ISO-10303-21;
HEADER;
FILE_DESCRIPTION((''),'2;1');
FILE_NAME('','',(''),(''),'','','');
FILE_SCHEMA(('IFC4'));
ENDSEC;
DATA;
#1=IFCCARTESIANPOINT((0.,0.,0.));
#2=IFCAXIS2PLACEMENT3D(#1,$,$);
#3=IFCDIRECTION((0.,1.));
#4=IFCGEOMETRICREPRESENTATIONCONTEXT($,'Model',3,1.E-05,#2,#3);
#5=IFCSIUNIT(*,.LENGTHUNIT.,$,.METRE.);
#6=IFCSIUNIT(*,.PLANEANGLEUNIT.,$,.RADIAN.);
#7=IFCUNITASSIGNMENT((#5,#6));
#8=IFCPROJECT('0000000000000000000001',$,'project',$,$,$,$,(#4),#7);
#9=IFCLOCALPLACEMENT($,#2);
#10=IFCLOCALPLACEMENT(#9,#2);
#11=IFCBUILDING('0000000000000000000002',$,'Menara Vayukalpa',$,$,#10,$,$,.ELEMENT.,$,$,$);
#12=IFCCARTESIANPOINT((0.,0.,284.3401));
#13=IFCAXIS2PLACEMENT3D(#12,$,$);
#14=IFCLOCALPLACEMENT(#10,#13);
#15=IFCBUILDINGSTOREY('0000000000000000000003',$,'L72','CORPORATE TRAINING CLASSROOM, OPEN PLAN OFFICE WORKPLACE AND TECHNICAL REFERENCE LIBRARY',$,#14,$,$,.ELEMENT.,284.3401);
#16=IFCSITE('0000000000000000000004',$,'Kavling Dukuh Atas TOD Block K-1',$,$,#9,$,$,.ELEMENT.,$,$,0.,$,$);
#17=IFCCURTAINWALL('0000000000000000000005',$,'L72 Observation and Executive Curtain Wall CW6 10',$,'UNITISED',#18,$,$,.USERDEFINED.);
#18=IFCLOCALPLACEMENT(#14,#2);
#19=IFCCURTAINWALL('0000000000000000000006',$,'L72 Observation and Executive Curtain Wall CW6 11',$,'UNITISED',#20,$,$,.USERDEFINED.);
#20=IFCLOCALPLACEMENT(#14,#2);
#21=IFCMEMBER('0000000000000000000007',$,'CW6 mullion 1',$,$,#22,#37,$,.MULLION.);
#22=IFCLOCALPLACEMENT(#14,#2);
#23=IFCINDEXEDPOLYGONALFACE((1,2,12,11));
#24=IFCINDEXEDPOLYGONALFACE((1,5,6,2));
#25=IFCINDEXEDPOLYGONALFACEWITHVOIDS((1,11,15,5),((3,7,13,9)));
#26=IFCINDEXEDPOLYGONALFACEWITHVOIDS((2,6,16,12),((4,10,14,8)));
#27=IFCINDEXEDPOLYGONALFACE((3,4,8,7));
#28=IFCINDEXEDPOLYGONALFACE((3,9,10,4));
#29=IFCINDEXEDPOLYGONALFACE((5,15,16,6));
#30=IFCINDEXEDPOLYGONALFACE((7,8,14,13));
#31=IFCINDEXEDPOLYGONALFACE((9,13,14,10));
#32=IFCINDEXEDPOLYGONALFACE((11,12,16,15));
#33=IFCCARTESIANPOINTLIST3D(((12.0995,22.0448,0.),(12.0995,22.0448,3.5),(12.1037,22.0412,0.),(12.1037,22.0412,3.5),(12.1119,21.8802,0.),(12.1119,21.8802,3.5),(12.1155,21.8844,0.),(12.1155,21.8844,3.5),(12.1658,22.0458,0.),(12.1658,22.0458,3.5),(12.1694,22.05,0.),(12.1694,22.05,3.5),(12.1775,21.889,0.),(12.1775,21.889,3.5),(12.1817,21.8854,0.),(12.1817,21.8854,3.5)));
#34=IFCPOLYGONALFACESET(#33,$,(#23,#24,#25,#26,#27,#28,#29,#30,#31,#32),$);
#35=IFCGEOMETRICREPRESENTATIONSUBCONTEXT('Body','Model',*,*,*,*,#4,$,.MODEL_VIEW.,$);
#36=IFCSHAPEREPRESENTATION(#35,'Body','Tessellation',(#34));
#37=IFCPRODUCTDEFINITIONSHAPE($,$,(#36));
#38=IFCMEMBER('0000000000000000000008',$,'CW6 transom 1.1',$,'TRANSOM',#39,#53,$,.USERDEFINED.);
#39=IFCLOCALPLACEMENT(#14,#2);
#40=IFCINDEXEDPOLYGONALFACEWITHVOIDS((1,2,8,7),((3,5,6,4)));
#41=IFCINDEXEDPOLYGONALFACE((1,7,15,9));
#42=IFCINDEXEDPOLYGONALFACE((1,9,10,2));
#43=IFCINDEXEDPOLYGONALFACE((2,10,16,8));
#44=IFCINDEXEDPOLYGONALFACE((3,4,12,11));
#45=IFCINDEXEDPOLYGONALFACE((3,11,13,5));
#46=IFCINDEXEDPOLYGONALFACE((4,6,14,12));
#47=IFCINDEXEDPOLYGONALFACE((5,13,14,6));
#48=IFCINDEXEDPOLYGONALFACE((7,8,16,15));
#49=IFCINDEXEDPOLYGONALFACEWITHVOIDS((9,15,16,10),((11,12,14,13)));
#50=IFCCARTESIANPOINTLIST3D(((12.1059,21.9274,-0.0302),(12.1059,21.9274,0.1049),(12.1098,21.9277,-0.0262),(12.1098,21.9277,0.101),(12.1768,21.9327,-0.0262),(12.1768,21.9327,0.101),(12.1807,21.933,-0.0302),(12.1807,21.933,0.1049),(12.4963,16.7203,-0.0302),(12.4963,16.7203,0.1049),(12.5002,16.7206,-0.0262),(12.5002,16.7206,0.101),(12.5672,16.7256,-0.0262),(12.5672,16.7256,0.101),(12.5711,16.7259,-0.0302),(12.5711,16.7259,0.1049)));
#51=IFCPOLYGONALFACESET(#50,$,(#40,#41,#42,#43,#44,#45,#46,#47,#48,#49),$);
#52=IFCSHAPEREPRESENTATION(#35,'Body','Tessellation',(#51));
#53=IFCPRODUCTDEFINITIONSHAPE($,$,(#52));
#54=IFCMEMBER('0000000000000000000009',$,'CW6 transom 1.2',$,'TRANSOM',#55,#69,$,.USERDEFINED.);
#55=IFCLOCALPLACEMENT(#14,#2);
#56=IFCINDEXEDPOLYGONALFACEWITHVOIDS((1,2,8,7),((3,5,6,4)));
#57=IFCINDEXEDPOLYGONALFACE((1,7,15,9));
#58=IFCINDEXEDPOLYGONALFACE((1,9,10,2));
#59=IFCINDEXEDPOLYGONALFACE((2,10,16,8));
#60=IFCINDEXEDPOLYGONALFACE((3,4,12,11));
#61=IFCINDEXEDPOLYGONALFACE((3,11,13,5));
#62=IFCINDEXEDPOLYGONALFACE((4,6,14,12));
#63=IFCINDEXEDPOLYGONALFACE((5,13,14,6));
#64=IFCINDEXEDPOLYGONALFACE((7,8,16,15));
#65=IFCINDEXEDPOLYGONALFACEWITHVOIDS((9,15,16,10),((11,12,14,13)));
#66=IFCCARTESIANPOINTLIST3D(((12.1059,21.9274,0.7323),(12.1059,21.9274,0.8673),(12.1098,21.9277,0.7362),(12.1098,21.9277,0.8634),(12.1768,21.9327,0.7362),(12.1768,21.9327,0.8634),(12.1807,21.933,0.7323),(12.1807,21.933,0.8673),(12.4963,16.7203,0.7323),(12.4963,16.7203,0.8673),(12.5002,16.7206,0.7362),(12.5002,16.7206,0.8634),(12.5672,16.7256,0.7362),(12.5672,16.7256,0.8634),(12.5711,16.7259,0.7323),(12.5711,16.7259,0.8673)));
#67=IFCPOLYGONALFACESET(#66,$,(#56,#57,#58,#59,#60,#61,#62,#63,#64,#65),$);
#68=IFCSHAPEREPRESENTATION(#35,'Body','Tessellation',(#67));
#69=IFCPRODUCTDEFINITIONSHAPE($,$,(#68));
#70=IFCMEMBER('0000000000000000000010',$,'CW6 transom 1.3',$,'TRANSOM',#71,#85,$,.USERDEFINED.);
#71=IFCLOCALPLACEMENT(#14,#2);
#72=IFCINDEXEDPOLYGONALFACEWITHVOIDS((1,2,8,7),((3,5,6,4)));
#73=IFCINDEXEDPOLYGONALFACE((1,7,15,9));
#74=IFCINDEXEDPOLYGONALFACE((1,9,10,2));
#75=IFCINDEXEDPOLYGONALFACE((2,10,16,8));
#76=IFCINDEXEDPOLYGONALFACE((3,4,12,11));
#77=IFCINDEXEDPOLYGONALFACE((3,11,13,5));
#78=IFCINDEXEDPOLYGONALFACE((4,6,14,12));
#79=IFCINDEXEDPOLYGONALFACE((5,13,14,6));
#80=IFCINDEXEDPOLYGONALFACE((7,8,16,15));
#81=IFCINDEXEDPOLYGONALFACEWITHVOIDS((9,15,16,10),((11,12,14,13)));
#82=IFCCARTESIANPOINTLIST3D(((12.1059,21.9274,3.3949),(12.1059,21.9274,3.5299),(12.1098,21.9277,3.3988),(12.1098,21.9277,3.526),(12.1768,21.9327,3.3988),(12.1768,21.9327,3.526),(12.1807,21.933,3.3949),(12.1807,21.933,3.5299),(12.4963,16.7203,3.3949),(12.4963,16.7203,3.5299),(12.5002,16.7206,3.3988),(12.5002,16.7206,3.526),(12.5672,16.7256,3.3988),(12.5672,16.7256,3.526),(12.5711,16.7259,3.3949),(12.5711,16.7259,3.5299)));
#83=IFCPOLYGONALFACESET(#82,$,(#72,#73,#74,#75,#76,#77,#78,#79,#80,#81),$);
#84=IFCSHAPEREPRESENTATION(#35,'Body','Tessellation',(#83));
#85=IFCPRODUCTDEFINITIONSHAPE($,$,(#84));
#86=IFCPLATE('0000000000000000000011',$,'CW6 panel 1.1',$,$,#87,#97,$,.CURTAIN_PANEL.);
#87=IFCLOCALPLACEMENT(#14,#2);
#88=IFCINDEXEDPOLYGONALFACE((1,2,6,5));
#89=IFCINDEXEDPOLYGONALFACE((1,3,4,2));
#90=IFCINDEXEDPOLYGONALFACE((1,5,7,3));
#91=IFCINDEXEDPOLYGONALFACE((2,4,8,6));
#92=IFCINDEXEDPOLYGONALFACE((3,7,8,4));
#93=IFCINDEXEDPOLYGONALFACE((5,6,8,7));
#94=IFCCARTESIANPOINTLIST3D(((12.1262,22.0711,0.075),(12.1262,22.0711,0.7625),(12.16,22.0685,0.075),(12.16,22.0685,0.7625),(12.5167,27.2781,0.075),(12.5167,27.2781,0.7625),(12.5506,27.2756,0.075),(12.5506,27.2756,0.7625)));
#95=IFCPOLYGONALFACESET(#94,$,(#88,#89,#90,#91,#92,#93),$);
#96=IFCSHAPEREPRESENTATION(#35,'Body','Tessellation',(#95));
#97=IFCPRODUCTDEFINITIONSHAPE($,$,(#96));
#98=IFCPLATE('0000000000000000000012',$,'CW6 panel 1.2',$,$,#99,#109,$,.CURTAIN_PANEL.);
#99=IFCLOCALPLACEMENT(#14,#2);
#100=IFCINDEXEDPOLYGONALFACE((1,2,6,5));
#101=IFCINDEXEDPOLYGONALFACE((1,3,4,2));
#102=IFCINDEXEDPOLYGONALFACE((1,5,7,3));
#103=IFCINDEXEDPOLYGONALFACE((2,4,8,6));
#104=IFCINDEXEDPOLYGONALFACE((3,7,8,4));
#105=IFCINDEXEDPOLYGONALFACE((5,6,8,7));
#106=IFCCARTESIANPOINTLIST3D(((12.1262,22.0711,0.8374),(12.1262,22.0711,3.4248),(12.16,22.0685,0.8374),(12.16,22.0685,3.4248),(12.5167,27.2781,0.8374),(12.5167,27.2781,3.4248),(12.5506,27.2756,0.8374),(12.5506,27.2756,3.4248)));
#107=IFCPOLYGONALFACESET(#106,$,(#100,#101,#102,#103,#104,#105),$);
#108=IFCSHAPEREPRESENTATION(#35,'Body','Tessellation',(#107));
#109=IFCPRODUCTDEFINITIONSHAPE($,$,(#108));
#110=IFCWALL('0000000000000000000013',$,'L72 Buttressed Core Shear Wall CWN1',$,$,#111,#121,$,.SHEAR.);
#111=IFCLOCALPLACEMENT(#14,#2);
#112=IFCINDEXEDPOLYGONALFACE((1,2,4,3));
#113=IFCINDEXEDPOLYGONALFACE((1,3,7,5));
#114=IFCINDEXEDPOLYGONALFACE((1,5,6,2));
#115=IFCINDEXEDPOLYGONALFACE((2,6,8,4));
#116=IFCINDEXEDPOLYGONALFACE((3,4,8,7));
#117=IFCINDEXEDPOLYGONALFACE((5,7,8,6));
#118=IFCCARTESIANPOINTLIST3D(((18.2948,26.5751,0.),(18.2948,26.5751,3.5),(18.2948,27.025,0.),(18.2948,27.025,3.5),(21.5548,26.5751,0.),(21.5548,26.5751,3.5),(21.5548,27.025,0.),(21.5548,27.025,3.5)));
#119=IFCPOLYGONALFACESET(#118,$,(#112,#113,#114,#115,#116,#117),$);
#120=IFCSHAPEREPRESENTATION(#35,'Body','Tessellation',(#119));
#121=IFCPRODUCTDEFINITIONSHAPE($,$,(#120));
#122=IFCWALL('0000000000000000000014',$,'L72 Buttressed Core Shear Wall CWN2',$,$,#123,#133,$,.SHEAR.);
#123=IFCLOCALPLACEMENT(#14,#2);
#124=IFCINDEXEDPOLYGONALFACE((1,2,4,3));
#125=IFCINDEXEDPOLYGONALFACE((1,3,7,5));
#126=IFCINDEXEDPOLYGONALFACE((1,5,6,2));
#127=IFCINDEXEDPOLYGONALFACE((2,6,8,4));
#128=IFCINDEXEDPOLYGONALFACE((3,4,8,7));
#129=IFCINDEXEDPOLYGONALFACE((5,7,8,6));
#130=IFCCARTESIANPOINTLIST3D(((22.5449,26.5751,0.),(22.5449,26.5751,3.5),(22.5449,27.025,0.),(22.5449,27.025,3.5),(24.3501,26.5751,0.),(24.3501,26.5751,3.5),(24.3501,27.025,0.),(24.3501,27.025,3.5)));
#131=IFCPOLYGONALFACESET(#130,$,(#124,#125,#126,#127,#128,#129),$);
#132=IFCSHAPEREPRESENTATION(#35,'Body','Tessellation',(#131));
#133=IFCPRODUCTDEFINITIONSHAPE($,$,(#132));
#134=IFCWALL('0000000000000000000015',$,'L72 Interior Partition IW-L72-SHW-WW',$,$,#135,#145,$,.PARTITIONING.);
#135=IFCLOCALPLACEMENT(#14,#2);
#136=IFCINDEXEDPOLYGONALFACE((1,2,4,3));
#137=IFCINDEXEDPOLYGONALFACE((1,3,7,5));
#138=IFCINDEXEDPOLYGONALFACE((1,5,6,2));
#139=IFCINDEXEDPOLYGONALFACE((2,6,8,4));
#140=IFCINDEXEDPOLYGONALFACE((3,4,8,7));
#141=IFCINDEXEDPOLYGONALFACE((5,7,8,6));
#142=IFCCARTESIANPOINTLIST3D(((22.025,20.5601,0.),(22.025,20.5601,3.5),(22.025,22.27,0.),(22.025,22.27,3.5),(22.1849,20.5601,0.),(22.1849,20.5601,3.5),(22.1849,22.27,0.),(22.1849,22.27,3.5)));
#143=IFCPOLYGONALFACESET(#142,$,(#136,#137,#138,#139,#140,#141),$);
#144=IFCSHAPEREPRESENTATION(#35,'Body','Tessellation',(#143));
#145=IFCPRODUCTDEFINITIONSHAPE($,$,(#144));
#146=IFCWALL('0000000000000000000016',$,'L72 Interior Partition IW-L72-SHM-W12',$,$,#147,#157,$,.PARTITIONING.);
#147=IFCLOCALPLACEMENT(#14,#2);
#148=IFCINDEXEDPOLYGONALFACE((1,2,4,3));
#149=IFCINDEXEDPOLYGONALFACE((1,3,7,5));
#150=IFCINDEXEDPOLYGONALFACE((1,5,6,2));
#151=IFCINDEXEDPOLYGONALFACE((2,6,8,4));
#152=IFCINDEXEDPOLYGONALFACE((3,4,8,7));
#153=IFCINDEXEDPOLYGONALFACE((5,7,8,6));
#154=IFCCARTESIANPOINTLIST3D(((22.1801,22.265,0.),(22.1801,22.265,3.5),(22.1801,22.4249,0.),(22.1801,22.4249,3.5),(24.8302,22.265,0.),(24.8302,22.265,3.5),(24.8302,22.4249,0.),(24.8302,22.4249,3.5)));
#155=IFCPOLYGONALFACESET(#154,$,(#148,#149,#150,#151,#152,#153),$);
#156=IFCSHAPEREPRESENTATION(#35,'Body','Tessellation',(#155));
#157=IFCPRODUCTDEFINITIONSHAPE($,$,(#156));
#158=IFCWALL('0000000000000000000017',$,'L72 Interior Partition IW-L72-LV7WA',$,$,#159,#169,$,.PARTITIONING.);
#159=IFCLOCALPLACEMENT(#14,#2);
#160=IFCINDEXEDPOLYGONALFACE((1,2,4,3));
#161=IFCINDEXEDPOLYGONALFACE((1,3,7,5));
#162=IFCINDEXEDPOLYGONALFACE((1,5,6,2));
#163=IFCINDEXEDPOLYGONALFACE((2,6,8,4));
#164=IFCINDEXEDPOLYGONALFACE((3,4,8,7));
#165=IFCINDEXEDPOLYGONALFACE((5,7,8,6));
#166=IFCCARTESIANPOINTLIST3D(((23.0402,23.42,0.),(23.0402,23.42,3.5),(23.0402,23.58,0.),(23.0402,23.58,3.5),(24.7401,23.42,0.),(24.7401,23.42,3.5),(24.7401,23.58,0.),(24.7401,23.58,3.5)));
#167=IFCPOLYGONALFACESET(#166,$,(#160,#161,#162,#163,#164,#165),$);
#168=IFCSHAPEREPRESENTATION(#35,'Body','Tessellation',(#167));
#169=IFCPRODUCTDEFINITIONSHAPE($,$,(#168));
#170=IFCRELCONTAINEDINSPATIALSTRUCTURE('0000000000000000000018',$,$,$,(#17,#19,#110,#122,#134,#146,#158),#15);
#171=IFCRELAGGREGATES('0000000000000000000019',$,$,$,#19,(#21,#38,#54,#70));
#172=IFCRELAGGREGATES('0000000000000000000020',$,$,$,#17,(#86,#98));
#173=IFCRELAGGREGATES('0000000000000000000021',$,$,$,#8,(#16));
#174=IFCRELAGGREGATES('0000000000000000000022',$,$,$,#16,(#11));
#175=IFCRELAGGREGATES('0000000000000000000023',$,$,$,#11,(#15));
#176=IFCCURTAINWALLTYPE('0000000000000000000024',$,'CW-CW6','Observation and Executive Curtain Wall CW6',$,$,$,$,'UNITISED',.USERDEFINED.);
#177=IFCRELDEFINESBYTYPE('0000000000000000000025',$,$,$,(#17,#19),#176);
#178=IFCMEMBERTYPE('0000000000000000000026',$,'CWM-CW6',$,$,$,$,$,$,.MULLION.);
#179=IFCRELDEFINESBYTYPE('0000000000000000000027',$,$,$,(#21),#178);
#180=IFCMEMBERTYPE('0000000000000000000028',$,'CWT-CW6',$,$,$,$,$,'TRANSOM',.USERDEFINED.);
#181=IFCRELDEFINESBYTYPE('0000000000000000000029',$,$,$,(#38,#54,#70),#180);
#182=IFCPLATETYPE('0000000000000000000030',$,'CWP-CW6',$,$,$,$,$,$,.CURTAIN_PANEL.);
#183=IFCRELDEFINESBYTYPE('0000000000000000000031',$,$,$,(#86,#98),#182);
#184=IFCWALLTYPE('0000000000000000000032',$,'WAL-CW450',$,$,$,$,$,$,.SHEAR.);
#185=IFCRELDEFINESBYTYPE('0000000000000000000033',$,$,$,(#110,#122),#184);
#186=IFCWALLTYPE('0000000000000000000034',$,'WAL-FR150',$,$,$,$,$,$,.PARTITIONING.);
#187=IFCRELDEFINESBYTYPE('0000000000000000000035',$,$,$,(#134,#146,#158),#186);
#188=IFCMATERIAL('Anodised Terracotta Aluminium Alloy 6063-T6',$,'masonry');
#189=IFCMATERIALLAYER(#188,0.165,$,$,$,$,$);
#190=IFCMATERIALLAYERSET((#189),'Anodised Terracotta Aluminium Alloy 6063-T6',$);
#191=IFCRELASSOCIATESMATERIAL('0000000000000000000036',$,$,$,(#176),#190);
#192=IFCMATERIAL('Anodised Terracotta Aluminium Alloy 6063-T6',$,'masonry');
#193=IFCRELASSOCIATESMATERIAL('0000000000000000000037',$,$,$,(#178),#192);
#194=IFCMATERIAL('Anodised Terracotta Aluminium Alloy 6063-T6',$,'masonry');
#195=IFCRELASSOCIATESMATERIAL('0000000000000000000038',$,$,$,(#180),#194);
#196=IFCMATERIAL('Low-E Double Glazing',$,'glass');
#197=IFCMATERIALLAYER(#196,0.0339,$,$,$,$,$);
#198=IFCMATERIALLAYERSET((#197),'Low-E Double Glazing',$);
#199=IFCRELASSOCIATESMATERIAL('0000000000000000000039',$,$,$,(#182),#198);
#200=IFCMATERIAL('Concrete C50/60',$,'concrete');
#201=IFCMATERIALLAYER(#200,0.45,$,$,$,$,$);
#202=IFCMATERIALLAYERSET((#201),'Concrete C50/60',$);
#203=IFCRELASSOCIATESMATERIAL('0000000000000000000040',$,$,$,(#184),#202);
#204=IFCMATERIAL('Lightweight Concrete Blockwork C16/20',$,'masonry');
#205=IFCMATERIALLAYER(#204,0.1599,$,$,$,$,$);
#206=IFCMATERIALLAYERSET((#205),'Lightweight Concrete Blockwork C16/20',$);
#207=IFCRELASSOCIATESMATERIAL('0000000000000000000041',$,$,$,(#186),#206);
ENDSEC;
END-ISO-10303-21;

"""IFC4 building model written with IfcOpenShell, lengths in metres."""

from ifc_helpers import new_model, si_unit, direction, frame, frame_2d, origin, origin_2d, place, context, subcontext, project, spatial, rectangle, hollow_rectangle, extrude, material, layer, layer_set, material_profile, profile_set, type_object, element, aggregate, save


model = new_model("IFC4")

# Units and contexts
model_context = context("Model", 3, precision=1e-05, world=origin(), true_north=direction((0.0, 1.0)))
body_context = subcontext(model_context, "Body", "Model", "MODEL_VIEW")
ifc_project = project(units=[si_unit("LENGTHUNIT", "METRE"), si_unit("PLANEANGLEUNIT", "RADIAN")], contexts=[model_context])

# Site, building, storey
site_placement = place(None, origin())
site = spatial("IfcSite", under=ifc_project, at=site_placement, Name="Kavling Dukuh Atas TOD Block K-1", CompositionType="ELEMENT", RefElevation=0.0)
building_placement = place(site_placement, origin())
building = spatial("IfcBuilding", under=site, at=building_placement, Name="Menara Vayukalpa", CompositionType="ELEMENT")
storey_placement = place(building_placement, frame((0.0, 0.0, 284.3401)))
storey = spatial("IfcBuildingStorey", under=building, at=storey_placement, Name="L72", Description="CORPORATE TRAINING CLASSROOM, OPEN PLAN OFFICE WORKPLACE AND TECHNICAL REFERENCE LIBRARY", CompositionType="ELEMENT", Elevation=284.3401)

# Curtain wall
ifc_material_1 = material(Name="Anodised Terracotta Aluminium Alloy 6063-T6", Category="masonry")
ifc_layer_1 = layer(ifc_material_1, 0.165)
ifc_layer_set_1 = layer_set([ifc_layer_1], Name="Anodised Terracotta Aluminium Alloy 6063-T6")
curtain_wall_type = type_object("IfcCurtainWallType", Name="CW-CW6", Description="Observation and Executive Curtain Wall CW6", ElementType="UNITISED", PredefinedType="USERDEFINED", material=ifc_layer_set_1)
curtain_wall_1_placement = place(storey_placement, origin())
curtain_wall_1 = element("IfcCurtainWall", 1, at=curtain_wall_1_placement, inside=storey, type_object=curtain_wall_type, Name="L72 Observation and Executive Curtain Wall CW6 10", ObjectType="UNITISED", PredefinedType="USERDEFINED")
ifc_material_2 = material(Name="Anodised Terracotta Aluminium Alloy 6063-T6", Category="masonry")
ifc_material_profile_1 = material_profile(ifc_material_2, hollow_rectangle(XDim=0.0701, YDim=0.165, WallThickness=0.0039, at=origin_2d()), Name="ALU 70x165x4")
ifc_profile_set_1 = profile_set([ifc_material_profile_1], Name="Anodised Terracotta Aluminium Alloy 6063-T6")
member_type_1 = type_object("IfcMemberType", Name="CWM-CW6", PredefinedType="MULLION", material=ifc_profile_set_1)

# Curtain wall, members
curtain_wall_2_placement = place(storey_placement, origin())
curtain_wall_2 = element("IfcCurtainWall", 2, at=curtain_wall_2_placement, inside=storey, type_object=curtain_wall_type, Name="L72 Observation and Executive Curtain Wall CW6 11", ObjectType="UNITISED", PredefinedType="USERDEFINED")
member_1_placement = place(storey_placement, frame((12.1406, 21.9651, 0.0), z_axis=(0.0, 0.0, 1.0), x_axis=(0.997199, 0.074789, 0.0)))
member_1 = element("IfcMember", 3, at=member_1_placement, type_object=member_type_1, Name="CW6 mullion 1", PredefinedType="MULLION", context=body_context, shape_type="SweptSolid", body=[
    extrude(hollow_rectangle(XDim=0.0701, YDim=0.165, WallThickness=0.0039, at=origin_2d()), origin(), (0.0, 0.0, 1.0), 3.5),
])
ifc_material_3 = material(Name="Anodised Terracotta Aluminium Alloy 6063-T6", Category="masonry")
ifc_material_profile_2 = material_profile(ifc_material_3, hollow_rectangle(XDim=0.075, YDim=0.135, WallThickness=0.0039, at=origin_2d()), Name="ALU 75x135x4")
ifc_profile_set_2 = profile_set([ifc_material_profile_2], Name="Anodised Terracotta Aluminium Alloy 6063-T6")
member_type_2 = type_object("IfcMemberType", Name="CWT-CW6", ElementType="TRANSOM", PredefinedType="USERDEFINED", material=ifc_profile_set_2)
member_2_placement = place(storey_placement, frame((12.1433, 21.9302, 0.0374), z_axis=(0.074762, -0.997201, 0.0), x_axis=(0.997201, 0.074762, 0.0)))
member_2 = element("IfcMember", 4, at=member_2_placement, type_object=member_type_2, Name="CW6 transom 1.1", ObjectType="TRANSOM", PredefinedType="USERDEFINED", context=body_context, shape_type="SweptSolid", body=[
    extrude(hollow_rectangle(XDim=0.075, YDim=0.135, WallThickness=0.0039, at=origin_2d()), origin(), (0.0, 0.0, 1.0), 5.2217),
])
member_3_placement = place(storey_placement, frame((12.1433, 21.9302, 0.7998), z_axis=(0.074762, -0.997201, 0.0), x_axis=(0.997201, 0.074762, 0.0)))
member_3 = element("IfcMember", 5, at=member_3_placement, type_object=member_type_2, Name="CW6 transom 1.2", ObjectType="TRANSOM", PredefinedType="USERDEFINED", context=body_context, shape_type="SweptSolid", body=[
    extrude(hollow_rectangle(XDim=0.075, YDim=0.135, WallThickness=0.0039, at=origin_2d()), origin(), (0.0, 0.0, 1.0), 5.2217),
])
member_4_placement = place(storey_placement, frame((12.1433, 21.9302, 3.4624), z_axis=(0.074762, -0.997201, 0.0), x_axis=(0.997201, 0.074762, 0.0)))
member_4 = element("IfcMember", 6, at=member_4_placement, type_object=member_type_2, Name="CW6 transom 1.3", ObjectType="TRANSOM", PredefinedType="USERDEFINED", context=body_context, shape_type="SweptSolid", body=[
    extrude(hollow_rectangle(XDim=0.075, YDim=0.135, WallThickness=0.0039, at=origin_2d()), origin(), (0.0, 0.0, 1.0), 5.2217),
])
aggregate(curtain_wall_2, [member_1, member_2, member_3, member_4])

# Plates
ifc_material_4 = material(Name="Low-E Double Glazing", Category="glass")
ifc_layer_2 = layer(ifc_material_4, 0.0339)
ifc_layer_set_2 = layer_set([ifc_layer_2], Name="Low-E Double Glazing")
plate_type = type_object("IfcPlateType", Name="CWP-CW6", PredefinedType="CURTAIN_PANEL", material=ifc_layer_set_2)
plate_1_placement = place(storey_placement, frame((12.3384, 24.6733, 0.075), z_axis=(0.0, 0.0, 1.0), x_axis=(-0.074789, -0.997199, 0.0)))
plate_1 = element("IfcPlate", 7, at=plate_1_placement, type_object=plate_type, Name="CW6 panel 1.1", PredefinedType="CURTAIN_PANEL", context=body_context, shape_type="SweptSolid", body=[
    extrude(rectangle(XDim=5.2217, YDim=0.0339, at=origin_2d()), origin(), (0.0, 0.0, 1.0), 0.6875),
])
plate_2_placement = place(storey_placement, frame((12.3384, 24.6733, 0.8374), z_axis=(0.0, 0.0, 1.0), x_axis=(-0.074789, -0.997199, 0.0)))
plate_2 = element("IfcPlate", 8, at=plate_2_placement, type_object=plate_type, Name="CW6 panel 1.2", PredefinedType="CURTAIN_PANEL", context=body_context, shape_type="SweptSolid", body=[
    extrude(rectangle(XDim=5.2217, YDim=0.0339, at=origin_2d()), origin(), (0.0, 0.0, 1.0), 2.5874),
])
aggregate(curtain_wall_1, [plate_1, plate_2])

# Walls
ifc_material_5 = material(Name="Concrete C50/60", Category="concrete")
ifc_layer_3 = layer(ifc_material_5, 0.45)
ifc_layer_set_3 = layer_set([ifc_layer_3], Name="Concrete C50/60")
wall_type_1 = type_object("IfcWallType", Name="WAL-CW450", PredefinedType="SHEAR", material=ifc_layer_set_3)
wall_1_placement = place(storey_placement, frame((18.2949, 26.8, 0.0), z_axis=(0.0, 0.0, 1.0), x_axis=(1.0, 0.0, 0.0)))
element("IfcWall", 9, at=wall_1_placement, inside=storey, type_object=wall_type_1, Name="L72 Buttressed Core Shear Wall CWN1", PredefinedType="SHEAR", context=body_context, shape_type="SweptSolid", body=[
    extrude(rectangle(XDim=3.26, YDim=0.45, at=frame_2d((1.6299, 0.0))), origin(), (0.0, 0.0, 1.0), 3.5),
])
wall_2_placement = place(storey_placement, frame((22.5449, 26.8, 0.0), z_axis=(0.0, 0.0, 1.0), x_axis=(1.0, 0.0, 0.0)))
element("IfcWall", 10, at=wall_2_placement, inside=storey, type_object=wall_type_1, Name="L72 Buttressed Core Shear Wall CWN2", PredefinedType="SHEAR", context=body_context, shape_type="SweptSolid", body=[
    extrude(rectangle(XDim=1.8052, YDim=0.45, at=frame_2d((0.9026, 0.0))), origin(), (0.0, 0.0, 1.0), 3.5),
])
ifc_material_6 = material(Name="Lightweight Concrete Blockwork C16/20", Category="masonry")
ifc_layer_4 = layer(ifc_material_6, 0.1599)
ifc_layer_set_4 = layer_set([ifc_layer_4], Name="Lightweight Concrete Blockwork C16/20")
wall_type_2 = type_object("IfcWallType", Name="WAL-FR150", PredefinedType="PARTITIONING", material=ifc_layer_set_4)
wall_3_placement = place(storey_placement, frame((22.105, 20.5601, 0.0), z_axis=(0.0, 0.0, 1.0), x_axis=(0.0, 1.0, 0.0)))
element("IfcWall", 11, at=wall_3_placement, inside=storey, type_object=wall_type_2, Name="L72 Interior Partition IW-L72-SHW-WW", PredefinedType="PARTITIONING", context=body_context, shape_type="SweptSolid", body=[
    extrude(rectangle(XDim=1.71, YDim=0.1599, at=frame_2d((0.855, 0.0))), origin(), (0.0, 0.0, 1.0), 3.5),
])
wall_4_placement = place(storey_placement, frame((22.1799, 22.345, 0.0), z_axis=(0.0, 0.0, 1.0), x_axis=(1.0, 0.0, 0.0)))
element("IfcWall", 12, at=wall_4_placement, inside=storey, type_object=wall_type_2, Name="L72 Interior Partition IW-L72-SHM-W12", PredefinedType="PARTITIONING", context=body_context, shape_type="SweptSolid", body=[
    extrude(rectangle(XDim=2.6501, YDim=0.1599, at=frame_2d((1.3252, 0.0))), origin(), (0.0, 0.0, 1.0), 3.5),
])
wall_5_placement = place(storey_placement, frame((23.04, 23.5, 0.0), z_axis=(0.0, 0.0, 1.0), x_axis=(1.0, 0.0, 0.0)))
element("IfcWall", 13, at=wall_5_placement, inside=storey, type_object=wall_type_2, Name="L72 Interior Partition IW-L72-LV7WA", PredefinedType="PARTITIONING", context=body_context, shape_type="SweptSolid", body=[
    extrude(rectangle(XDim=1.7, YDim=0.1599, at=frame_2d((0.8501, 0.0))), origin(), (0.0, 0.0, 1.0), 3.5),
])

save(model, "model.ifc")
